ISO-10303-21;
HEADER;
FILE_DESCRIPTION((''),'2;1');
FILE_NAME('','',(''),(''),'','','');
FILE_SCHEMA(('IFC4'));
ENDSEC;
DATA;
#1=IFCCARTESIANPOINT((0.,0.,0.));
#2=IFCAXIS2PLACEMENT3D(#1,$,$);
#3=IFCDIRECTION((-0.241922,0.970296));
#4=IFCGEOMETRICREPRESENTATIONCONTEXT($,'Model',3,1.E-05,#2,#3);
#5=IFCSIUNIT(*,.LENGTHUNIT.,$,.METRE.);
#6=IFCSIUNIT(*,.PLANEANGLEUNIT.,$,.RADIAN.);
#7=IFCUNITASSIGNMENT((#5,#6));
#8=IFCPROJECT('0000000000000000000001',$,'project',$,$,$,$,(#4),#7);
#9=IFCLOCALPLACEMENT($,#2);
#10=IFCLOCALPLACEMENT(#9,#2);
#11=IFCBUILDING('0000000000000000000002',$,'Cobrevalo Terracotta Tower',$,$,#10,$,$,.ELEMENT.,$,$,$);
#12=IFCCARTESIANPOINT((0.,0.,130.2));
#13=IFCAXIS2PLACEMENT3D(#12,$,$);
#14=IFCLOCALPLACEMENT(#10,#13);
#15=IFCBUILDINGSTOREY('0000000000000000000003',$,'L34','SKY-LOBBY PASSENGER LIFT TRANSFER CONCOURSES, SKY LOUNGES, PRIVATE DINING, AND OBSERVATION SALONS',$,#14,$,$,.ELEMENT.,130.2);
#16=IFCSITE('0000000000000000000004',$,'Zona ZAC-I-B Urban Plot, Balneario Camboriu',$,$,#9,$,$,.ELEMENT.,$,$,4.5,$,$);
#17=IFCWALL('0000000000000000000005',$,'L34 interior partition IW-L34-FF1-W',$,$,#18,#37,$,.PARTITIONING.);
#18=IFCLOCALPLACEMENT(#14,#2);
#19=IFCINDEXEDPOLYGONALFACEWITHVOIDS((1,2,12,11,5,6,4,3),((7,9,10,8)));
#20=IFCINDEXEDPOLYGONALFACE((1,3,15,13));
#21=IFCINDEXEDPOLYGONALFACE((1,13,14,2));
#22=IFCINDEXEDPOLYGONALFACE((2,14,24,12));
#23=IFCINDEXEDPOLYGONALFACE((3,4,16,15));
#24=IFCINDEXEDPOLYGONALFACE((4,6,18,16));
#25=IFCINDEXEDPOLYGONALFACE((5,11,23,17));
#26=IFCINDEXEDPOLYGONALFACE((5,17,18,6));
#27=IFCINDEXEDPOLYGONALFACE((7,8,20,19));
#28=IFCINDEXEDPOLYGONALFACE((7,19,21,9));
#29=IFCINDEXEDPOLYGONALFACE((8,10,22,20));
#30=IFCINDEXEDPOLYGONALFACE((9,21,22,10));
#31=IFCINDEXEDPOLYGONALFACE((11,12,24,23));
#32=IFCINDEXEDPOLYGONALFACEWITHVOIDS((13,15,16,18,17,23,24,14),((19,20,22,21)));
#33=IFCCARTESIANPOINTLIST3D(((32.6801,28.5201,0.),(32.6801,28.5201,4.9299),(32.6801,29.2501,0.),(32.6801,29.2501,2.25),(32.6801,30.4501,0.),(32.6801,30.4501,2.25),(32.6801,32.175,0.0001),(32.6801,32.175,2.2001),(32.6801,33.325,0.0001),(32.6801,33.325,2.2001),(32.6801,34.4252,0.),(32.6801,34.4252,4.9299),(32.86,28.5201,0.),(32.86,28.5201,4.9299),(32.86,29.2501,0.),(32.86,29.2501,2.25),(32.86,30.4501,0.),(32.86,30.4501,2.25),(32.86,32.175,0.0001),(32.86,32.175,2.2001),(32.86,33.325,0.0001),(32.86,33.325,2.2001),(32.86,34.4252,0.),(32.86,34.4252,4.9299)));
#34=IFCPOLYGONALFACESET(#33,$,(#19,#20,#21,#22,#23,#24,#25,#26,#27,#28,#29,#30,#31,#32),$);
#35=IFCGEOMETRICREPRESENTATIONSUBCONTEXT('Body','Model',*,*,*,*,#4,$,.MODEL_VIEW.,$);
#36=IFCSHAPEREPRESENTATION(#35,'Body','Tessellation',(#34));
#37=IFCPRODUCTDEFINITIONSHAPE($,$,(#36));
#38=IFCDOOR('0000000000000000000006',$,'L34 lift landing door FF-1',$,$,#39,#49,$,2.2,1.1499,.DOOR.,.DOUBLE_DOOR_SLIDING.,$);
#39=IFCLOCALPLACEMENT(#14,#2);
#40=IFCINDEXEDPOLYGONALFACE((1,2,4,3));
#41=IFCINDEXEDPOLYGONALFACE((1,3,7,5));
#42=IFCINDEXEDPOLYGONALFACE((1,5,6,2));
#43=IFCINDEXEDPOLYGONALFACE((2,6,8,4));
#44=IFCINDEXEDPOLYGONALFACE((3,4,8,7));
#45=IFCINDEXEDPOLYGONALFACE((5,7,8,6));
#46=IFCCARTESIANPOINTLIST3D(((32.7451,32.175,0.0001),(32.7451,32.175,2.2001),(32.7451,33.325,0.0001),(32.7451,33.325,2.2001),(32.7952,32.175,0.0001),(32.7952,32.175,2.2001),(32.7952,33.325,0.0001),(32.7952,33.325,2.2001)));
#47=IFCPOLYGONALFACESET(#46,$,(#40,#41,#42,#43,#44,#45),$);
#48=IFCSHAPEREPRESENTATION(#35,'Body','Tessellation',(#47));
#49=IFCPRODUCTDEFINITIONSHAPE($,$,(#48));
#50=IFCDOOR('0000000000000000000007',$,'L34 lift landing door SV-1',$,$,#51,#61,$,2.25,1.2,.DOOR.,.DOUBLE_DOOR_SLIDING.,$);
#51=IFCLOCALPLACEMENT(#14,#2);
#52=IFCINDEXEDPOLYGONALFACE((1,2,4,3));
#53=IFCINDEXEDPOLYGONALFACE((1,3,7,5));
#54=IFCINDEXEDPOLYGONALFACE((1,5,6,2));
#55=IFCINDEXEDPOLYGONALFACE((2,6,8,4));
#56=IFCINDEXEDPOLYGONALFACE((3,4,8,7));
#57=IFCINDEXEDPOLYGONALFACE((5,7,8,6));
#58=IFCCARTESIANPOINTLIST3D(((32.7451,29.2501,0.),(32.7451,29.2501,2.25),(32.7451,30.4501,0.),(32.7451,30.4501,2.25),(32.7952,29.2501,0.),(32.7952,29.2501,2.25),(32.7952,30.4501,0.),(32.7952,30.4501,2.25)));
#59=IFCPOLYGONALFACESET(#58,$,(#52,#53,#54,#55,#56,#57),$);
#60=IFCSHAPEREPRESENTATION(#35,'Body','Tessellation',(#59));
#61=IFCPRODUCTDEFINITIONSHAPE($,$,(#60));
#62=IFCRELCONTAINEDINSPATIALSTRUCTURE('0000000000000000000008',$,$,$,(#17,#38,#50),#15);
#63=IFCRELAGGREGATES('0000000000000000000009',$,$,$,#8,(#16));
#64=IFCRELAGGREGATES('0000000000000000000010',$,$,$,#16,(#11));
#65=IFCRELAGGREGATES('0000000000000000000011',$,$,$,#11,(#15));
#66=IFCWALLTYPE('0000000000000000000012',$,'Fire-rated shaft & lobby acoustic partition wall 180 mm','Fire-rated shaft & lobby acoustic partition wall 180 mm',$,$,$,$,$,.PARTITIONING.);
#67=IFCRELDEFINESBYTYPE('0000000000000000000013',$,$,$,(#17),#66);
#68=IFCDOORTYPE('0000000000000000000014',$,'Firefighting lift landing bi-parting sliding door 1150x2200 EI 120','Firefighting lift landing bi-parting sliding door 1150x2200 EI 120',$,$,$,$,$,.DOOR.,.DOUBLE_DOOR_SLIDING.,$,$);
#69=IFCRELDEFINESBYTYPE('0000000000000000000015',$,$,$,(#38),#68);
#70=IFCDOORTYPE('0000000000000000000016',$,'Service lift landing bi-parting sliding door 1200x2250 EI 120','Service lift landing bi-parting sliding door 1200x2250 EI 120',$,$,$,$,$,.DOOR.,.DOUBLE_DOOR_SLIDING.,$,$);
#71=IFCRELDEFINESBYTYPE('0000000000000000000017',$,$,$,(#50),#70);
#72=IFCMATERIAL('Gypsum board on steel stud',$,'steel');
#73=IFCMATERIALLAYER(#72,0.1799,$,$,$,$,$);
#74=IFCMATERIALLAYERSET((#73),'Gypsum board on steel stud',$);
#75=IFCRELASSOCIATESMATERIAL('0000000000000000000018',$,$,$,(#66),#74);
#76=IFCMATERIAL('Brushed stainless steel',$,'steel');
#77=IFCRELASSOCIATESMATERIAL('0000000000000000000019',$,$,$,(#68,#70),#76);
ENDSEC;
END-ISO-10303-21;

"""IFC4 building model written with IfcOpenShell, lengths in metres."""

from ifc_helpers import new_model, si_unit, direction, frame, frame_2d, origin, place, context, subcontext, project, spatial, rectangle, extrude, source, transform, mapped, material, layer, layer_set, type_object, element, fill, save


model = new_model("IFC4")

# Units and contexts
model_context = context("Model", 3, precision=1e-05, world=origin(), true_north=direction((-0.241922, 0.970296)))
body_context = subcontext(model_context, "Body", "Model", "MODEL_VIEW")
ifc_project = project(units=[si_unit("LENGTHUNIT", "METRE"), si_unit("PLANEANGLEUNIT", "RADIAN")], contexts=[model_context])

# Site, building, storey
site_placement = place(None, origin())
site = spatial("IfcSite", under=ifc_project, at=site_placement, Name="Zona ZAC-I-B Urban Plot, Balneario Camboriu", CompositionType="ELEMENT", RefElevation=4.5)
building_placement = place(site_placement, origin())
building = spatial("IfcBuilding", under=site, at=building_placement, Name="Cobrevalo Terracotta Tower", CompositionType="ELEMENT")
storey_placement = place(building_placement, frame((0.0, 0.0, 130.2)))
storey = spatial("IfcBuildingStorey", under=building, at=storey_placement, Name="L34", Description="SKY-LOBBY PASSENGER LIFT TRANSFER CONCOURSES, SKY LOUNGES, PRIVATE DINING, AND OBSERVATION SALONS", CompositionType="ELEMENT", Elevation=130.2)

# Shared definitions
ifc_material_1 = material(Name="Gypsum board on steel stud", Category="steel")

# Shared definitions
ifc_material_2 = material(Name="Brushed stainless steel", Category="steel")

# Shared definitions
ifc_layer_1 = layer(ifc_material_1, 0.1799)
ifc_layer_set_1 = layer_set([ifc_layer_1], Name="Gypsum board on steel stud")
wall_type_1 = type_object("IfcWallType", Name="Fire-rated shaft & lobby acoustic partition wall 180 mm", Description="Fire-rated shaft & lobby acoustic partition wall 180 mm", PredefinedType="PARTITIONING", material=ifc_layer_set_1)

# Wall, openings, doors
wall_1_placement = place(storey_placement, frame((32.77, 28.52, 0.0), z_axis=(0.0, 0.0, 1.0), x_axis=(0.0, 1.0, 0.0)))
wall_1 = element("IfcWall", 1, at=wall_1_placement, inside=storey, type_object=wall_type_1, Name="L34 interior partition IW-L34-FF1-W", PredefinedType="PARTITIONING", context=body_context, shape_type="SweptSolid", body=[
    extrude(rectangle(XDim=5.905, YDim=0.1799, at=frame_2d((2.9526, 0.0))), origin(), (0.0, 0.0, 1.0), 4.9299),
])
opening_1_placement = place(wall_1_placement, frame((3.655, 0.0, 0.0)))
opening_1 = element("IfcOpeningElement", 2, at=opening_1_placement, cuts=wall_1, PredefinedType="OPENING", context=body_context, shape_type="SweptSolid", body=[
    extrude(rectangle(XDim=1.1499, YDim=2.2, at=frame_2d((0.575, 1.1001))), frame((0.0, 0.1001, 0.0), z_axis=(0.0, -1.0, 0.0), x_axis=(1.0, 0.0, 0.0)), (0.0, 0.0, 1.0), 0.2),
])
opening_2_placement = place(wall_1_placement, frame((0.73, 0.0, 0.0)))
opening_2 = element("IfcOpeningElement", 3, at=opening_2_placement, cuts=wall_1, PredefinedType="OPENING", context=body_context, shape_type="SweptSolid", body=[
    extrude(rectangle(XDim=1.2, YDim=2.25, at=frame_2d((0.6001, 1.125))), frame((0.0, 0.1001, 0.0), z_axis=(0.0, -1.0, 0.0), x_axis=(1.0, 0.0, 0.0)), (0.0, 0.0, 1.0), 0.2),
])
door_type_1 = type_object("IfcDoorType", Name="Firefighting lift landing bi-parting sliding door 1150x2200 EI 120", Description="Firefighting lift landing bi-parting sliding door 1150x2200 EI 120", OperationType="DOUBLE_DOOR_SLIDING", PredefinedType="DOOR", material=ifc_material_2)
shared_shape_1 = source(origin(), body_context, "Body", "SweptSolid", [
    extrude(rectangle(XDim=1.1499, YDim=2.2, at=frame_2d((0.575, 1.1001))), frame((0.0, 0.0249, 0.0), z_axis=(0.0, -1.0, 0.0), x_axis=(1.0, 0.0, 0.0)), (0.0, 0.0, 1.0), 0.05),
])
door_1_placement = place(opening_1_placement, origin())
door_1 = element("IfcDoor", 4, at=door_1_placement, inside=storey, type_object=door_type_1, Name="L34 lift landing door FF-1", OperationType="DOUBLE_DOOR_SLIDING", OverallHeight=2.2, OverallWidth=1.1499, PredefinedType="DOOR", context=body_context, shape_type="MappedRepresentation", body=[
    mapped(shared_shape_1, transform((0.0, 0.0, 0.0), scale=1.0)),
])
fill(opening_1, door_1)
door_type_2 = type_object("IfcDoorType", Name="Service lift landing bi-parting sliding door 1200x2250 EI 120", Description="Service lift landing bi-parting sliding door 1200x2250 EI 120", OperationType="DOUBLE_DOOR_SLIDING", PredefinedType="DOOR", material=ifc_material_2)
shared_shape_2 = source(origin(), body_context, "Body", "SweptSolid", [
    extrude(rectangle(XDim=1.2, YDim=2.25, at=frame_2d((0.6001, 1.125))), frame((0.0, 0.0249, 0.0), z_axis=(0.0, -1.0, 0.0), x_axis=(1.0, 0.0, 0.0)), (0.0, 0.0, 1.0), 0.05),
])
door_2_placement = place(opening_2_placement, origin())
door_2 = element("IfcDoor", 5, at=door_2_placement, inside=storey, type_object=door_type_2, Name="L34 lift landing door SV-1", OperationType="DOUBLE_DOOR_SLIDING", OverallHeight=2.25, OverallWidth=1.2, PredefinedType="DOOR", context=body_context, shape_type="MappedRepresentation", body=[
    mapped(shared_shape_2, transform((0.0, 0.0, 0.0), scale=1.0)),
])
fill(opening_2, door_2)

save(model, "model.ifc")
